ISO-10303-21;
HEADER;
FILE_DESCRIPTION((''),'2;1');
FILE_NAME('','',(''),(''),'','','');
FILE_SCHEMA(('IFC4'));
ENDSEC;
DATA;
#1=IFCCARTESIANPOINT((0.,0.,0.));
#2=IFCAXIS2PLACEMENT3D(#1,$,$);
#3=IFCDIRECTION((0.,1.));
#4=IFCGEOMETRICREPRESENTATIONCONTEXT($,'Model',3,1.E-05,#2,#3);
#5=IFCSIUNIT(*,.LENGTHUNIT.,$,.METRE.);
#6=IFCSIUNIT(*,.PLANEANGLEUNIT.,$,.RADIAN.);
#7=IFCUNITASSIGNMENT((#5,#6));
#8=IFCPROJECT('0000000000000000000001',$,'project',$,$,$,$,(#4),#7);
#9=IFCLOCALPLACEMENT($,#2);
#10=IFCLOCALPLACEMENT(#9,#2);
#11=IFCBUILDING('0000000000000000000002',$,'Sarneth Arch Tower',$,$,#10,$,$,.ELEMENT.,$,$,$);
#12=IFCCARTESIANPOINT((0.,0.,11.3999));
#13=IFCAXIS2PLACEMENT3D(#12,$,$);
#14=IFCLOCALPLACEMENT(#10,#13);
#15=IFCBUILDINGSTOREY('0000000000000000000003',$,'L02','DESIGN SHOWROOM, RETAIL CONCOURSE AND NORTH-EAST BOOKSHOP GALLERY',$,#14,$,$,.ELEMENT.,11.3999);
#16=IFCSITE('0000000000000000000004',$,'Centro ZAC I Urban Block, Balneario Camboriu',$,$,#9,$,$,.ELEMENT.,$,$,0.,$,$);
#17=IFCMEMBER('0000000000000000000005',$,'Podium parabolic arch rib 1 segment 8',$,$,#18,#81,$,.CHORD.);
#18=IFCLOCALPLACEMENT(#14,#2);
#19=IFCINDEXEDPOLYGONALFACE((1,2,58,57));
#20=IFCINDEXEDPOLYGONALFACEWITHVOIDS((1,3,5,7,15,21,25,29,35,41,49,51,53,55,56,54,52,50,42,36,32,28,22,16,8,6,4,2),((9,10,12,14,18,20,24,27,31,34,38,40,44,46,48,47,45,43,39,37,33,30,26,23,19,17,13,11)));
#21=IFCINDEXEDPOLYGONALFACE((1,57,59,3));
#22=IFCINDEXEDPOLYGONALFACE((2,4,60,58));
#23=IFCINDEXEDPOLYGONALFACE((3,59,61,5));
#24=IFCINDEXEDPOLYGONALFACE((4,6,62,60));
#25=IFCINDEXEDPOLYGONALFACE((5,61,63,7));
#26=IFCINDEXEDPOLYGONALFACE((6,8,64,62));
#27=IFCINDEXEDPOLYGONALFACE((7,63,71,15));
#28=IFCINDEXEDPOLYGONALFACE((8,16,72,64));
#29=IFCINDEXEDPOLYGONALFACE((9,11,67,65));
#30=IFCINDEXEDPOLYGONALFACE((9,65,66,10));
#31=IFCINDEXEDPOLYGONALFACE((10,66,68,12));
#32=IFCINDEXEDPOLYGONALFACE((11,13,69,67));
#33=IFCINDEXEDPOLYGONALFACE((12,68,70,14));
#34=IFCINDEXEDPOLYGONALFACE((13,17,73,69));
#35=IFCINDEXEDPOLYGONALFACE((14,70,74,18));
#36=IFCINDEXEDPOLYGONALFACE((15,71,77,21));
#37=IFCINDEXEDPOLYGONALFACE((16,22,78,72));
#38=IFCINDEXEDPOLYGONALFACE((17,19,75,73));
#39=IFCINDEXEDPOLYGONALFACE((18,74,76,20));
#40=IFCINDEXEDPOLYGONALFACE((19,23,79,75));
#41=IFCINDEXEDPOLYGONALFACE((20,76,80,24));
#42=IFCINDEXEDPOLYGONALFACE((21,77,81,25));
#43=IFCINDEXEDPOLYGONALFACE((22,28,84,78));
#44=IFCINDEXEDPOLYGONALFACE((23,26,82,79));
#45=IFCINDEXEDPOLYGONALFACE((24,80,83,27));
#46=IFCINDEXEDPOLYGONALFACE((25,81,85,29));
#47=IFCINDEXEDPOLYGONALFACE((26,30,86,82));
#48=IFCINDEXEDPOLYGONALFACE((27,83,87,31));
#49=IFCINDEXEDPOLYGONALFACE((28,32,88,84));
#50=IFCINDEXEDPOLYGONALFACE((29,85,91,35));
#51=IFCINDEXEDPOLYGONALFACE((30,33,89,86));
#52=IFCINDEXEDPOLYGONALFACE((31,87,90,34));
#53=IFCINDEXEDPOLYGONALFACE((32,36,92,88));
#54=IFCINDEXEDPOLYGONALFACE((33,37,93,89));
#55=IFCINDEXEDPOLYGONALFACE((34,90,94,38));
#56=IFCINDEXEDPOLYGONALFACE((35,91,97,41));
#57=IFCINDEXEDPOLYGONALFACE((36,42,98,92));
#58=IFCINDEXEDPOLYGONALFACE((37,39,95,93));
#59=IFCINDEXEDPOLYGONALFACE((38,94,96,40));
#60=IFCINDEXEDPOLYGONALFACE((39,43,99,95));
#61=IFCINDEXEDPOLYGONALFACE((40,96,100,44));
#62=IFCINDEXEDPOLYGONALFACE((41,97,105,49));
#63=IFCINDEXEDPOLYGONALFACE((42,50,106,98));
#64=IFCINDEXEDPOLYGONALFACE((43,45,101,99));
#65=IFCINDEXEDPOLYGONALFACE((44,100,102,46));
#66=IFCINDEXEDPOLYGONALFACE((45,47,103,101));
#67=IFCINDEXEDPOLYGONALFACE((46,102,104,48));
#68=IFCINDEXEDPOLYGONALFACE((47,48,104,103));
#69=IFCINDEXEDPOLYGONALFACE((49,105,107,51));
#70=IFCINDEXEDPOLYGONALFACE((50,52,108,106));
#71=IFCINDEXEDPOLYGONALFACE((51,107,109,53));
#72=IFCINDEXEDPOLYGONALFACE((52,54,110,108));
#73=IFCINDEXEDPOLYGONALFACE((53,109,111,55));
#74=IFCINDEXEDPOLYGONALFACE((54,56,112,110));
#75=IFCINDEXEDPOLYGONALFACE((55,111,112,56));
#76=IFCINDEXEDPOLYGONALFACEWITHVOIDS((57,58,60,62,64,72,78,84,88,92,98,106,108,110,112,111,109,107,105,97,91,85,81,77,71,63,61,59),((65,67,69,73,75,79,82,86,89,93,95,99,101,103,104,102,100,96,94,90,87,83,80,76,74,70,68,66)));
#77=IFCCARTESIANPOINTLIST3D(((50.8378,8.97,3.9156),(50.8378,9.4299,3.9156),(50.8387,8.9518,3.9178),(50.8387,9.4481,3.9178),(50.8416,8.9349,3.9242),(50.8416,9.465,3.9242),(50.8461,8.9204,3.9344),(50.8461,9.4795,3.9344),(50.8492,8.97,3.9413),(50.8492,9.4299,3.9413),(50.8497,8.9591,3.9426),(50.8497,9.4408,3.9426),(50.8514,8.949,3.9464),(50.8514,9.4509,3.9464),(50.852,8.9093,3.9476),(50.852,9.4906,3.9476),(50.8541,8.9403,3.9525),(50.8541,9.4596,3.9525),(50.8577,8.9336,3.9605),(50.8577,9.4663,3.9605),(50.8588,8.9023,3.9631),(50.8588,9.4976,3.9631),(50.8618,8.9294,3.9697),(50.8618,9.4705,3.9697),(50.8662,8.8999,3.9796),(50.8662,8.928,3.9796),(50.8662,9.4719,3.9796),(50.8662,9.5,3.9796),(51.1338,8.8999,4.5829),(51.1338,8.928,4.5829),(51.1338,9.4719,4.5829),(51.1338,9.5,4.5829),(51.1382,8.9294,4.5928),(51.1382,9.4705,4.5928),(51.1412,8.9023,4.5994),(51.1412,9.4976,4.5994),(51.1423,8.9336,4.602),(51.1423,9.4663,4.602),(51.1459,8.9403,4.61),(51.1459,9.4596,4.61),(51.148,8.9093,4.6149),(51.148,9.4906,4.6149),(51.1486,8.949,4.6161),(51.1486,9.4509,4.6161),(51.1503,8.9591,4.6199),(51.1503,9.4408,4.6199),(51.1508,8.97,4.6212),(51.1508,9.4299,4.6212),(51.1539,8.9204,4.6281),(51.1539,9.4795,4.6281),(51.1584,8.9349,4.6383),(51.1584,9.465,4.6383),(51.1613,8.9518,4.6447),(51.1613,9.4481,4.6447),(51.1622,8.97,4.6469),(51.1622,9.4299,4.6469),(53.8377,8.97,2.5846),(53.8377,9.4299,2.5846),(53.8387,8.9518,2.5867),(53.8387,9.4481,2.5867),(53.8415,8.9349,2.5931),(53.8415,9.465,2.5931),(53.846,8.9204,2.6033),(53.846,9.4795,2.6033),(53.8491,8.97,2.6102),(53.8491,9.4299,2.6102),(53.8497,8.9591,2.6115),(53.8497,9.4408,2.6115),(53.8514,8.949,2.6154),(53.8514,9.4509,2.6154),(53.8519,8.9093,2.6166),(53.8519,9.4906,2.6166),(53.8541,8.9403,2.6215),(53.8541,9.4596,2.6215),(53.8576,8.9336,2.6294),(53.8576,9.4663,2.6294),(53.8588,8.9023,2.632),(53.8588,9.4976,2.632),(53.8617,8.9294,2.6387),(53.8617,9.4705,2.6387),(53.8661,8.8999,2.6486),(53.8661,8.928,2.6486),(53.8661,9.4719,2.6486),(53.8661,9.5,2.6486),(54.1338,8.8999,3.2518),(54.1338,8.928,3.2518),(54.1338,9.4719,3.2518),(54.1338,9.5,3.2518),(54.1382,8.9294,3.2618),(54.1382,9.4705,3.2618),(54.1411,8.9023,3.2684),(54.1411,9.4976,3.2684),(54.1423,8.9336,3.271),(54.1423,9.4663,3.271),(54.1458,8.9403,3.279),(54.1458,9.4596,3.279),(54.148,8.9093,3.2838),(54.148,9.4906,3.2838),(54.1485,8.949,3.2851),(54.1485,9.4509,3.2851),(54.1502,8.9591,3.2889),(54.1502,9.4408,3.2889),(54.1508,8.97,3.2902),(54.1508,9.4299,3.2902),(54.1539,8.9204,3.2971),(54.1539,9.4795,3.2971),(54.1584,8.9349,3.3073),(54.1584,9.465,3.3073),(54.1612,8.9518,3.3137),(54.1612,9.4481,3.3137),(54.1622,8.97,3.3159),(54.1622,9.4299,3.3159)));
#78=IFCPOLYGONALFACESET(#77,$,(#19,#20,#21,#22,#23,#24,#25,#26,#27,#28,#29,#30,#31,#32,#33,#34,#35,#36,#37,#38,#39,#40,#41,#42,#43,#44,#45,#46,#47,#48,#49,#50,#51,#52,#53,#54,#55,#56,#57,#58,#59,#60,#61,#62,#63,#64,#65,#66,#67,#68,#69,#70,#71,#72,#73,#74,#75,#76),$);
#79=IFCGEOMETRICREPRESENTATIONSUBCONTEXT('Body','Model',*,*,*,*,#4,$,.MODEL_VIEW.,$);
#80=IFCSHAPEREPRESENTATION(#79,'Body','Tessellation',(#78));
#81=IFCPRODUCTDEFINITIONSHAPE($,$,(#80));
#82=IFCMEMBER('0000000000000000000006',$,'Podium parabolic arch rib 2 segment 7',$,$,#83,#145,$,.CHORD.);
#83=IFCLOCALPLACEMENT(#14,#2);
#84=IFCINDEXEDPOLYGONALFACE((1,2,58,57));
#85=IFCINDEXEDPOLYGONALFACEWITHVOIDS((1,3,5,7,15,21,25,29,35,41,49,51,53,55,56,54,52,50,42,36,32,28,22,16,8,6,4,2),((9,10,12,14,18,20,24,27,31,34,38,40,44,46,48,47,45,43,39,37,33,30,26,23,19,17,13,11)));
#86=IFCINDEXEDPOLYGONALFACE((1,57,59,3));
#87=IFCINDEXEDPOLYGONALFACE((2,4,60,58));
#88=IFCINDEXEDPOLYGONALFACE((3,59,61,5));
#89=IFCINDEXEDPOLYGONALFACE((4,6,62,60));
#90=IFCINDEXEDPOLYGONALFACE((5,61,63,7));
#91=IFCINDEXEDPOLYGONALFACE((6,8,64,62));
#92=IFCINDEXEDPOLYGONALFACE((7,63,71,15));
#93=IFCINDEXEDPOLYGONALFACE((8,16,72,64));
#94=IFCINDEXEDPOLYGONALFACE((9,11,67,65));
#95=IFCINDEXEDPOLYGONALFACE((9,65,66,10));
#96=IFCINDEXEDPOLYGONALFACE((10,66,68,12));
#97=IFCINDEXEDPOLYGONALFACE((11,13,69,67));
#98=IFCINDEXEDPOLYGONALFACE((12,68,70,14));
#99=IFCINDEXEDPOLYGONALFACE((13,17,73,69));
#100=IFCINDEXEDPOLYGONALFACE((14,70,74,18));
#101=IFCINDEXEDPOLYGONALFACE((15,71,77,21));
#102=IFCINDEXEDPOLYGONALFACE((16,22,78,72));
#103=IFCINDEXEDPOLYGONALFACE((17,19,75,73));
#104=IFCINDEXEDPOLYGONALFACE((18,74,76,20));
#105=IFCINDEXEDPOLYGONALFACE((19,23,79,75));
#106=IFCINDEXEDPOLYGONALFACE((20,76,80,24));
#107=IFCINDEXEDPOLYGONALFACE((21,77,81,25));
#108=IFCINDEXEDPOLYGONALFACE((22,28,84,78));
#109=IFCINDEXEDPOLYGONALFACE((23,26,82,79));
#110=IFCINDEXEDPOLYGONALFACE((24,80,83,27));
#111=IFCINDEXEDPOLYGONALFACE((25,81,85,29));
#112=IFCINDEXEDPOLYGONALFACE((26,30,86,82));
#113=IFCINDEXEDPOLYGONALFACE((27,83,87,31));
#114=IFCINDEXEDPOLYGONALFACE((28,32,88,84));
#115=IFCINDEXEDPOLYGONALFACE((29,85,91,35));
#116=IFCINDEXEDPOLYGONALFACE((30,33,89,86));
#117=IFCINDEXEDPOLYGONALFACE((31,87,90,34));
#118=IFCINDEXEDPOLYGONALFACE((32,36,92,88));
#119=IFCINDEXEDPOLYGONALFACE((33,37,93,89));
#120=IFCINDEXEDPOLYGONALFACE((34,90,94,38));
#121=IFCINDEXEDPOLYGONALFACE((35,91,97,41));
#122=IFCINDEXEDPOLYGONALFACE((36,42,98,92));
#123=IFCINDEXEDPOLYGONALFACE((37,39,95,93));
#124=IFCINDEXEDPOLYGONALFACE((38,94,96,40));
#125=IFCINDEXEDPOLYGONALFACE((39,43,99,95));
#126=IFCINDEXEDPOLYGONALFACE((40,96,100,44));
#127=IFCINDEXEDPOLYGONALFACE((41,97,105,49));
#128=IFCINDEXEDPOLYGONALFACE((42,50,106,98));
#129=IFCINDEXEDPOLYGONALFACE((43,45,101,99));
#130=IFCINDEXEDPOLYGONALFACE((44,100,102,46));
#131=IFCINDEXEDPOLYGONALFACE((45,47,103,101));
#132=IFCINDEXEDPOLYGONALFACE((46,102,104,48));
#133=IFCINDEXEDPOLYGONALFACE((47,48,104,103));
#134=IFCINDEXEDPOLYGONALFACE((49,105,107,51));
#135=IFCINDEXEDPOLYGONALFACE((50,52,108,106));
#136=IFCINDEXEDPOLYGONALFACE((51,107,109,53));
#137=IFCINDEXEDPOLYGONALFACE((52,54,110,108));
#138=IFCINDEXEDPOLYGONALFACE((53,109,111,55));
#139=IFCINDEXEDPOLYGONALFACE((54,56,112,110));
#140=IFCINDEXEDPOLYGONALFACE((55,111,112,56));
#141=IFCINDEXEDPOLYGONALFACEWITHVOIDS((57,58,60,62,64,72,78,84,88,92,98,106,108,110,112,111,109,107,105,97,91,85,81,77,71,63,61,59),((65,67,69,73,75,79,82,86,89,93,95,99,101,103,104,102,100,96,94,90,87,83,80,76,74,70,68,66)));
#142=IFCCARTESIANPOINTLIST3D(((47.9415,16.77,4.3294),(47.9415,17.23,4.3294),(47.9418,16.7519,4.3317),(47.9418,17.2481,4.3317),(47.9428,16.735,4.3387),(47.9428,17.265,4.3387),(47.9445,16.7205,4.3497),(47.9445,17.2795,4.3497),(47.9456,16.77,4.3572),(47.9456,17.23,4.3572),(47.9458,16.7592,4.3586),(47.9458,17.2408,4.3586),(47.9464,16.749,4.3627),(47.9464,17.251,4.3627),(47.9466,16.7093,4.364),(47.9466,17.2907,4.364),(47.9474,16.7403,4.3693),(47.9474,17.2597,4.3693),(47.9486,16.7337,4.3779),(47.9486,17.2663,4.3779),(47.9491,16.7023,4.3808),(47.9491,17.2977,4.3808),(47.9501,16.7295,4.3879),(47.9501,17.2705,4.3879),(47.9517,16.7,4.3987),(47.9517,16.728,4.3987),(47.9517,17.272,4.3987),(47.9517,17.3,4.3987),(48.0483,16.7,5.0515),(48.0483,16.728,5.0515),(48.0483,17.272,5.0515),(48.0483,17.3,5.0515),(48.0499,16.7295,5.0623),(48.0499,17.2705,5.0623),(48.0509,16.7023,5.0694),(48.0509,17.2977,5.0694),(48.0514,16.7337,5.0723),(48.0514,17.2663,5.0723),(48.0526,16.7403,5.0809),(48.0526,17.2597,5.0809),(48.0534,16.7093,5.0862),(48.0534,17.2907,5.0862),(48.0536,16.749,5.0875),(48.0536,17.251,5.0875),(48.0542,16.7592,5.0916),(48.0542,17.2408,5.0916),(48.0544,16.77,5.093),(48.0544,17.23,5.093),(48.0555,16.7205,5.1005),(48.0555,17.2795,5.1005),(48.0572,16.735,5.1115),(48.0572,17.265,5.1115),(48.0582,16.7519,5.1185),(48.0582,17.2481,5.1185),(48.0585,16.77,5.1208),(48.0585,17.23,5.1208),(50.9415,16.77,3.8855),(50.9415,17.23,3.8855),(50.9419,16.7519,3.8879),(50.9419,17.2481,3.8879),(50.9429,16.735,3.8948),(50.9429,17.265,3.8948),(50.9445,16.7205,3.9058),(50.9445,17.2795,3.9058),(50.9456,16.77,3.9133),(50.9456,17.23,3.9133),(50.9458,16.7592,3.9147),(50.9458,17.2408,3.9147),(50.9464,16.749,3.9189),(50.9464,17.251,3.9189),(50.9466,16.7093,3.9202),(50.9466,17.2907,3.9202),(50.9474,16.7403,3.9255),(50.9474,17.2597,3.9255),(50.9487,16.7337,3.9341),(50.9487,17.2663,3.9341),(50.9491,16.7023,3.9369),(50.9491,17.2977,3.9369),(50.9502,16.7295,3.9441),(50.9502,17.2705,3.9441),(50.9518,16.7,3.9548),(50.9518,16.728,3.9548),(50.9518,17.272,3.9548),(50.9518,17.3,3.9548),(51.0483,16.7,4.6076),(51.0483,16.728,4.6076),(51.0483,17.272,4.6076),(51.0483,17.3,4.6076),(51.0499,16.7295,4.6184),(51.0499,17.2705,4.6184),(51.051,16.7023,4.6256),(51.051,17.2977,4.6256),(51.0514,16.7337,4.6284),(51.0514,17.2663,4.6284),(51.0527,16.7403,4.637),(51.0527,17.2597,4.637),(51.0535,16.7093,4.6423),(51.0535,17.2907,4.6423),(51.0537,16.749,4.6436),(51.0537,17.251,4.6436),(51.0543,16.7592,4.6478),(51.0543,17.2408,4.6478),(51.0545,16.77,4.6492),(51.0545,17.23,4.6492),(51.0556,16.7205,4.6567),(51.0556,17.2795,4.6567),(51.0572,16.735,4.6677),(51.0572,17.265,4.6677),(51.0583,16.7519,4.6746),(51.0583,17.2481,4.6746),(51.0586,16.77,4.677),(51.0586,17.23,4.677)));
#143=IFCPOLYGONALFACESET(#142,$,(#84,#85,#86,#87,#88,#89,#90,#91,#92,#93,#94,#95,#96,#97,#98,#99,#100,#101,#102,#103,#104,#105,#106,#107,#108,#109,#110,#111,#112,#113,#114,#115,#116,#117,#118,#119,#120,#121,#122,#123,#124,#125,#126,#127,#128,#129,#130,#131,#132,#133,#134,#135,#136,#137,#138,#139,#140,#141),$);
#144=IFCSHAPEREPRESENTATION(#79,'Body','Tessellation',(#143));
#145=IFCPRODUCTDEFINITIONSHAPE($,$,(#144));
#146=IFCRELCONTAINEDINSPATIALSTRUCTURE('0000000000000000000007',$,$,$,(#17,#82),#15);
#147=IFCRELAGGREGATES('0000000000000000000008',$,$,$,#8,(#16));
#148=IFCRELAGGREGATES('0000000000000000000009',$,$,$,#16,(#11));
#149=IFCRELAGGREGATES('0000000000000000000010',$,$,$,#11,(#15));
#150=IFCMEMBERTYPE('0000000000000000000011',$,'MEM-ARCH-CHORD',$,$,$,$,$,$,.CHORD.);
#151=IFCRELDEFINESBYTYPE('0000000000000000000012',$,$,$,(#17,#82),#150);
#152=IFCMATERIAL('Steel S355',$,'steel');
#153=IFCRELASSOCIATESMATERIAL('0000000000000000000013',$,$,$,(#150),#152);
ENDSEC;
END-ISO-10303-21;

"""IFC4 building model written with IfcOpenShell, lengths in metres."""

from ifc_helpers import new_model, si_unit, direction, frame, origin, origin_2d, place, context, subcontext, project, spatial, hollow_rectangle, extrude, material, material_profile, profile_set, type_object, element, save


model = new_model("IFC4")

# Units and contexts
model_context = context("Model", 3, precision=1e-05, world=origin(), true_north=direction((0.0, 1.0)))
body_context = subcontext(model_context, "Body", "Model", "MODEL_VIEW")
ifc_project = project(units=[si_unit("LENGTHUNIT", "METRE"), si_unit("PLANEANGLEUNIT", "RADIAN")], contexts=[model_context])

# Site, building, storey
site_placement = place(None, origin())
site = spatial("IfcSite", under=ifc_project, at=site_placement, Name="Centro ZAC I Urban Block, Balneario Camboriu", CompositionType="ELEMENT", RefElevation=0.0)
building_placement = place(site_placement, origin())
building = spatial("IfcBuilding", under=site, at=building_placement, Name="Sarneth Arch Tower", CompositionType="ELEMENT")
storey_placement = place(building_placement, frame((0.0, 0.0, 11.3999)))
storey = spatial("IfcBuildingStorey", under=building, at=storey_placement, Name="L02", Description="DESIGN SHOWROOM, RETAIL CONCOURSE AND NORTH-EAST BOOKSHOP GALLERY", CompositionType="ELEMENT", Elevation=11.3999)

# Members
ifc_material_1 = material(Name="Steel S355", Category="steel")
ifc_material_profile_1 = material_profile(ifc_material_1, hollow_rectangle(XDim=0.6001, YDim=0.8, WallThickness=0.0281, InnerFilletRadius=0.042, OuterFilletRadius=0.0701, at=origin_2d()), Name="RHS800x600x28")
ifc_profile_set_1 = profile_set([ifc_material_profile_1], Name="Steel S355")
member_type_1 = type_object("IfcMemberType", Name="MEM-ARCH-CHORD", PredefinedType="CHORD", material=ifc_profile_set_1)
member_1_placement = place(storey_placement, frame((51.0, 9.2, 4.2812), z_axis=(0.914069, 0.0, -0.405559), x_axis=(0.0, 1.0, 0.0)))
element("IfcMember", 1, at=member_1_placement, inside=storey, type_object=member_type_1, Name="Podium parabolic arch rib 1 segment 8", PredefinedType="CHORD", context=body_context, shape_type="SweptSolid", body=[
    extrude(hollow_rectangle(XDim=0.6001, YDim=0.8, WallThickness=0.0281, InnerFilletRadius=0.042, OuterFilletRadius=0.0701, at=origin_2d()), origin(), (0.0, 0.0, 1.0), 3.282),
])
member_2_placement = place(storey_placement, frame((48.0, 17.0, 4.7251), z_axis=(0.989232, 0.0, -0.146356), x_axis=(0.0, 1.0, 0.0)))
element("IfcMember", 2, at=member_2_placement, inside=storey, type_object=member_type_1, Name="Podium parabolic arch rib 2 segment 7", PredefinedType="CHORD", context=body_context, shape_type="SweptSolid", body=[
    extrude(hollow_rectangle(XDim=0.6001, YDim=0.8, WallThickness=0.0281, InnerFilletRadius=0.042, OuterFilletRadius=0.0701, at=origin_2d()), origin(), (0.0, 0.0, 1.0), 3.0327),
])

save(model, "model.ifc")
